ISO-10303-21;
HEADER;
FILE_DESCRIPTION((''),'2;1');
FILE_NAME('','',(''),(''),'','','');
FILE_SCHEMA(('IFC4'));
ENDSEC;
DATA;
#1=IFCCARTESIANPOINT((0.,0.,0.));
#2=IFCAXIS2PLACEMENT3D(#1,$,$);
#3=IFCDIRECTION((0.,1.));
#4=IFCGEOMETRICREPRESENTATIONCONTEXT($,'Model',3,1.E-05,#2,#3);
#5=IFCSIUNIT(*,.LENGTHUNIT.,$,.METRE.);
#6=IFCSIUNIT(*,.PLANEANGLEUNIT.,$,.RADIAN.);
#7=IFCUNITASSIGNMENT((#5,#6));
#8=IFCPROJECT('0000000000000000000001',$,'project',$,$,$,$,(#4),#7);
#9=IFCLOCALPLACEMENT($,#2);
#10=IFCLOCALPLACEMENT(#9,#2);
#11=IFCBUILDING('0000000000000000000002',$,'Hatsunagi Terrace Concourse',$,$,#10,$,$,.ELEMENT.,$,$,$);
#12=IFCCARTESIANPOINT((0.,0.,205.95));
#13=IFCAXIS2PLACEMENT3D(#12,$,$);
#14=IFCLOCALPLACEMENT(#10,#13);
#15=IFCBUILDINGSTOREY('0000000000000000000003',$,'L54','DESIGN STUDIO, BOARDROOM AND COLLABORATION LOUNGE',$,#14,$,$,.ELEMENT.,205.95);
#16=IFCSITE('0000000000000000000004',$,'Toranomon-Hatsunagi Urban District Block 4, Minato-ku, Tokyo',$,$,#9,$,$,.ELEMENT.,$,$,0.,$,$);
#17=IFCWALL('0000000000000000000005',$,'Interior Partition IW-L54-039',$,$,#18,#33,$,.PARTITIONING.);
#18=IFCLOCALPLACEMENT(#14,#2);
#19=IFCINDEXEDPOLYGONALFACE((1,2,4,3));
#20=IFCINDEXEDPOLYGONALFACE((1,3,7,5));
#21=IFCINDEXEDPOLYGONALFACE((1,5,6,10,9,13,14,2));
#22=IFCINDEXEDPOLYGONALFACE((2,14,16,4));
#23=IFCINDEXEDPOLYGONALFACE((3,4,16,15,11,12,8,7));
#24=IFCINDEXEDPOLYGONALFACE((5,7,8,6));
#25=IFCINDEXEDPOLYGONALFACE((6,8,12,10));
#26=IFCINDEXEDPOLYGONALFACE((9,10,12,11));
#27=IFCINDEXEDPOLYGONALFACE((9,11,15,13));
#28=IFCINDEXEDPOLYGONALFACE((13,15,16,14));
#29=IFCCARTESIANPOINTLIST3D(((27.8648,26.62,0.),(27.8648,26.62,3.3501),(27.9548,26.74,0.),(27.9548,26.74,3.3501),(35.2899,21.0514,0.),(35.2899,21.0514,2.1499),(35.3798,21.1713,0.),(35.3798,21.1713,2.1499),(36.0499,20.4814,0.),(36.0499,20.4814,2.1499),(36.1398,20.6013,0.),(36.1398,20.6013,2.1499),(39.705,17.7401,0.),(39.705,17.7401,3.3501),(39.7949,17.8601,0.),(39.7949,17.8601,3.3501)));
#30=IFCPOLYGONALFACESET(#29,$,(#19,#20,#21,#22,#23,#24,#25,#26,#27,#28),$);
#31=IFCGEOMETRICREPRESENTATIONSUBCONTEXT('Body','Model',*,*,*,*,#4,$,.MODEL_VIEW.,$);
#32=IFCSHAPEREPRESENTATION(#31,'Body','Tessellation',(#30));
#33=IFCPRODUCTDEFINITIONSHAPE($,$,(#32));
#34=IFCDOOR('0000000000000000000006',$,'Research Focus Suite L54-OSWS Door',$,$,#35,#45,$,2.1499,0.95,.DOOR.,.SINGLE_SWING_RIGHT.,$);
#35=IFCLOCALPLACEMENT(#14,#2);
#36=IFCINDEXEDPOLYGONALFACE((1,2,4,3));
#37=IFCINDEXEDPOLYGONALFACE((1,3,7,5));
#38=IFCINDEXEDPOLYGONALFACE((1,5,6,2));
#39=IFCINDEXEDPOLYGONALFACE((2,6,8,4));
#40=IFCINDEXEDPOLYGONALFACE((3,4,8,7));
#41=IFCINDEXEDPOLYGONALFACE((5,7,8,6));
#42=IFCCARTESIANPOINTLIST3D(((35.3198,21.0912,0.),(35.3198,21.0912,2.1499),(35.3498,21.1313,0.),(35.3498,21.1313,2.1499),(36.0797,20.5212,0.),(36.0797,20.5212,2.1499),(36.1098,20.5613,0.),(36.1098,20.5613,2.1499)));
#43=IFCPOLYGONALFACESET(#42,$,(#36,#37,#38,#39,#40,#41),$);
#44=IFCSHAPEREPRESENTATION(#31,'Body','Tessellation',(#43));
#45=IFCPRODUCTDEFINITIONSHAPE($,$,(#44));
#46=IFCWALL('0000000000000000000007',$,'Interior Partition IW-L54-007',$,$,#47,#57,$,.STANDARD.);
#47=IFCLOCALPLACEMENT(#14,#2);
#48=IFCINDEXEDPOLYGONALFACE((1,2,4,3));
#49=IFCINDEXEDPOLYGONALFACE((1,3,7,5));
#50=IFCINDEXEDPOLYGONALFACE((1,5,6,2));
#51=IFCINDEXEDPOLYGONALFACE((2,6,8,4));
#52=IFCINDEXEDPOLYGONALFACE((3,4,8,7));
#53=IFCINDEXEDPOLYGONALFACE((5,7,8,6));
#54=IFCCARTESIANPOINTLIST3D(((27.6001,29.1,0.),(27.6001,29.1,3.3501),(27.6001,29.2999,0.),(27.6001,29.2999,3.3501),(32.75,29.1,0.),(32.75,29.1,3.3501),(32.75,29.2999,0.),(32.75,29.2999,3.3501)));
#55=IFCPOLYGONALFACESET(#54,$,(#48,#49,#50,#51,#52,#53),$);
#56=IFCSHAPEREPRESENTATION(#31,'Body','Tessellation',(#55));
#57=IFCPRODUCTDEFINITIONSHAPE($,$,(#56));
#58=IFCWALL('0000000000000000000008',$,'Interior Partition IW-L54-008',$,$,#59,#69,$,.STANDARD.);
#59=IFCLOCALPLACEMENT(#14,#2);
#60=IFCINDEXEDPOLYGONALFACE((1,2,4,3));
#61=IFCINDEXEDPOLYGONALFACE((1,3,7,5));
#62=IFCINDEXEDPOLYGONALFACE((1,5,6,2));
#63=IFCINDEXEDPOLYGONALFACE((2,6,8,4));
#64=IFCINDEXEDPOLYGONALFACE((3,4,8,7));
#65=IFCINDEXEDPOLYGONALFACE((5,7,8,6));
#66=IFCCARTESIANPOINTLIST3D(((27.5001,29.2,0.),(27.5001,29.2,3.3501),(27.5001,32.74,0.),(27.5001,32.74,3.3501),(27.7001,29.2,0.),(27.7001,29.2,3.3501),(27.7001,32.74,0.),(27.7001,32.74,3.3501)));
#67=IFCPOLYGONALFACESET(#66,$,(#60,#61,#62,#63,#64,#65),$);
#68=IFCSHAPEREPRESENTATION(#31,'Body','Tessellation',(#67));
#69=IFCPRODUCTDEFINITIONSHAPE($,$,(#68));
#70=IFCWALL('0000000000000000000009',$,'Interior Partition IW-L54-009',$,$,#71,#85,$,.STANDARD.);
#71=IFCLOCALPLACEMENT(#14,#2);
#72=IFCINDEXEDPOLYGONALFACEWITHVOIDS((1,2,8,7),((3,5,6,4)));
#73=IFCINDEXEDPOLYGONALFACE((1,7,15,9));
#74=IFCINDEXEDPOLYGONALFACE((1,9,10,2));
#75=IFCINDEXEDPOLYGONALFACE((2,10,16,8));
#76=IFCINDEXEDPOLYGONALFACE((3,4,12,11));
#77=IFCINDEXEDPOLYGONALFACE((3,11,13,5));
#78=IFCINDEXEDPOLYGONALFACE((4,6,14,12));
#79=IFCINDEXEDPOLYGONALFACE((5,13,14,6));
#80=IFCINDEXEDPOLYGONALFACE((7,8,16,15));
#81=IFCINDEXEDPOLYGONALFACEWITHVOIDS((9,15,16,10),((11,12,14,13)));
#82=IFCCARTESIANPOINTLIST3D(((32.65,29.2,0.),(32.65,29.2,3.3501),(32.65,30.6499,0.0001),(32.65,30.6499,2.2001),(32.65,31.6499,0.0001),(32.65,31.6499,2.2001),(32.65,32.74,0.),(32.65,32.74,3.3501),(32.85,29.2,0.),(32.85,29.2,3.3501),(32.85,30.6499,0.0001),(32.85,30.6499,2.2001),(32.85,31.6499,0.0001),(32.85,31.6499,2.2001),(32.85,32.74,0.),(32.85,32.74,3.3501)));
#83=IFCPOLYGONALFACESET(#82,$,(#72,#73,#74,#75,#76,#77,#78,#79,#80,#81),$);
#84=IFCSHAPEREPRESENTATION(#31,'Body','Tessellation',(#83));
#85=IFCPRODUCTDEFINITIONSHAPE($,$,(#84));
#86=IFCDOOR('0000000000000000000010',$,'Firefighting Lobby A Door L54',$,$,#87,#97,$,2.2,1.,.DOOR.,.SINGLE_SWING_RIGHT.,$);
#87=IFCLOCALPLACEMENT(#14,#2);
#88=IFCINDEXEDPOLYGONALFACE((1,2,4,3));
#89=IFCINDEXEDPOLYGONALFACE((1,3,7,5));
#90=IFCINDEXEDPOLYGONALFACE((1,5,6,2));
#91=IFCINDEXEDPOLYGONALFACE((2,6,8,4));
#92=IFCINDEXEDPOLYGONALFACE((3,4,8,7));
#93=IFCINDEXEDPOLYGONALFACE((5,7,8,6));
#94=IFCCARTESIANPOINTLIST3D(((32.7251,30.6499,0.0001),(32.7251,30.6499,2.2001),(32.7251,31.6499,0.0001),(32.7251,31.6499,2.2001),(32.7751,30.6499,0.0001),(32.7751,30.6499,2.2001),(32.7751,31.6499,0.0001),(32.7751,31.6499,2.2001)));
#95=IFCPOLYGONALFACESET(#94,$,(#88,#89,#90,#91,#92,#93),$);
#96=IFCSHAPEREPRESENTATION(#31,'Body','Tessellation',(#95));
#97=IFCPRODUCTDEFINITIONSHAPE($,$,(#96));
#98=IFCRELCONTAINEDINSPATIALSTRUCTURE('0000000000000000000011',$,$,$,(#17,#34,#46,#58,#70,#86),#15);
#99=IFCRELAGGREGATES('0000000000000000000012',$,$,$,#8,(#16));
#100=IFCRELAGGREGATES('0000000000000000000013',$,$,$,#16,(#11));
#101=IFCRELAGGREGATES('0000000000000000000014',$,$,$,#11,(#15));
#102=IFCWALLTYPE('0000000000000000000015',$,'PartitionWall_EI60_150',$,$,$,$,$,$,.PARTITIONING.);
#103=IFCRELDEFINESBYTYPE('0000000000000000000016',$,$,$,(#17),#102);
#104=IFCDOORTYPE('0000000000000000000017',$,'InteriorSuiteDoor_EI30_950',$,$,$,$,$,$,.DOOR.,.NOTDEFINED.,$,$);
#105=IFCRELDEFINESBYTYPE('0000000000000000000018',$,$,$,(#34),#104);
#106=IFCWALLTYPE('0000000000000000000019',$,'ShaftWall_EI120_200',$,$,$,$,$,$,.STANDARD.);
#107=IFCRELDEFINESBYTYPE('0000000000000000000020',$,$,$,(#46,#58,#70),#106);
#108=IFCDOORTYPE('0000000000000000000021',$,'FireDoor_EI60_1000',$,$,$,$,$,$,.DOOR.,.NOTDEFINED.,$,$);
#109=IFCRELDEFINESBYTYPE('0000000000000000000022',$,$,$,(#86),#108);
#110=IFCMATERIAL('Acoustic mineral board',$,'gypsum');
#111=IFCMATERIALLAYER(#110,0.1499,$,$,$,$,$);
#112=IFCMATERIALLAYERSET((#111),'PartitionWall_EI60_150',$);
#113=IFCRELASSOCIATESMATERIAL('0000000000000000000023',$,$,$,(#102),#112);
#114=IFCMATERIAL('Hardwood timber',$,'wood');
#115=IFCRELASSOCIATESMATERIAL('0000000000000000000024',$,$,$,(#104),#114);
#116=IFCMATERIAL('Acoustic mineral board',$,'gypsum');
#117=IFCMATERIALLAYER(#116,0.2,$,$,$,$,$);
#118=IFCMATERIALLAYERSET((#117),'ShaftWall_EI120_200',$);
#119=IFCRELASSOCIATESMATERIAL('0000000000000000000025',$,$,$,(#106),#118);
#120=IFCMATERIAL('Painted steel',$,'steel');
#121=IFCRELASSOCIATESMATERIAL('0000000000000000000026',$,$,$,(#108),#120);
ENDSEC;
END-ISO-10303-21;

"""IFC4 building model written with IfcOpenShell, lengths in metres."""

from ifc_helpers import new_model, si_unit, direction, frame, frame_2d, origin, place, context, subcontext, project, spatial, rectangle, extrude, material, layer, layer_set, type_object, element, fill, save


model = new_model("IFC4")

# Units and contexts
model_context = context("Model", 3, precision=1e-05, world=origin(), true_north=direction((0.0, 1.0)))
body_context = subcontext(model_context, "Body", "Model", "MODEL_VIEW")
ifc_project = project(units=[si_unit("LENGTHUNIT", "METRE"), si_unit("PLANEANGLEUNIT", "RADIAN")], contexts=[model_context])

# Site, building, storey
site_placement = place(None, origin())
site = spatial("IfcSite", under=ifc_project, at=site_placement, Name="Toranomon-Hatsunagi Urban District Block 4, Minato-ku, Tokyo", CompositionType="ELEMENT", RefElevation=0.0)
building_placement = place(site_placement, origin())
building = spatial("IfcBuilding", under=site, at=building_placement, Name="Hatsunagi Terrace Concourse", CompositionType="ELEMENT")
storey_placement = place(building_placement, frame((0.0, 0.0, 205.95)))
storey = spatial("IfcBuildingStorey", under=building, at=storey_placement, Name="L54", Description="DESIGN STUDIO, BOARDROOM AND COLLABORATION LOUNGE", CompositionType="ELEMENT", Elevation=205.95)

# Shared definitions
ifc_material_1 = material(Name="Acoustic mineral board", Category="gypsum")
ifc_layer_1 = layer(ifc_material_1, 0.1499)
ifc_layer_set_1 = layer_set([ifc_layer_1], Name="PartitionWall_EI60_150")
wall_type_1 = type_object("IfcWallType", Name="PartitionWall_EI60_150", PredefinedType="PARTITIONING", material=ifc_layer_set_1)

# Wall, opening, door
ifc_material_2 = material(Name="Hardwood timber", Category="wood")
door_type_1 = type_object("IfcDoorType", Name="InteriorSuiteDoor_EI30_950", OperationType="NOTDEFINED", PredefinedType="DOOR", material=ifc_material_2)
wall_1_placement = place(storey_placement, frame((27.9099, 26.6799, 0.0), z_axis=(0.0, 0.0, 1.0), x_axis=(0.800006, -0.599992, 0.0)))
wall_1 = element("IfcWall", 1, at=wall_1_placement, inside=storey, type_object=wall_type_1, Name="Interior Partition IW-L54-039", PredefinedType="PARTITIONING", context=body_context, shape_type="SweptSolid", body=[
    extrude(rectangle(XDim=14.8, YDim=0.1499, at=frame_2d((7.3999, 0.0))), origin(), (0.0, 0.0, 1.0), 3.3501),
])
opening_1_placement = place(wall_1_placement, frame((9.281, 0.0, 0.0)))
opening_1 = element("IfcOpeningElement", 2, at=opening_1_placement, cuts=wall_1, PredefinedType="OPENING", context=body_context, shape_type="SweptSolid", body=[
    extrude(rectangle(XDim=0.95, YDim=2.1499, at=frame_2d((0.4751, 1.075))), frame((0.0, 0.085, 0.0), z_axis=(0.0, -1.0, 0.0), x_axis=(1.0, 0.0, 0.0)), (0.0, 0.0, 1.0), 0.1699),
])
door_1_placement = place(opening_1_placement, origin())
door_1 = element("IfcDoor", 3, at=door_1_placement, inside=storey, type_object=door_type_1, Name="Research Focus Suite L54-OSWS Door", OperationType="SINGLE_SWING_RIGHT", OverallHeight=2.1499, OverallWidth=0.95, PredefinedType="DOOR", context=body_context, shape_type="SweptSolid", body=[
    extrude(rectangle(XDim=0.95, YDim=2.1499, at=frame_2d((0.4751, 1.075))), frame((0.0, 0.0249, 0.0), z_axis=(0.0, -1.0, 0.0), x_axis=(1.0, 0.0, 0.0)), (0.0, 0.0, 1.0), 0.05),
])
fill(opening_1, door_1)

# Walls
ifc_material_3 = material(Name="Acoustic mineral board", Category="gypsum")
ifc_layer_2 = layer(ifc_material_3, 0.2)
ifc_layer_set_2 = layer_set([ifc_layer_2], Name="ShaftWall_EI120_200")
wall_type_2 = type_object("IfcWallType", Name="ShaftWall_EI120_200", PredefinedType="STANDARD", material=ifc_layer_set_2)
wall_2_placement = place(storey_placement, frame((27.6001, 29.2, 0.0), z_axis=(0.0, 0.0, 1.0), x_axis=(1.0, 0.0, 0.0)))
element("IfcWall", 4, at=wall_2_placement, inside=storey, type_object=wall_type_2, Name="Interior Partition IW-L54-007", PredefinedType="STANDARD", context=body_context, shape_type="SweptSolid", body=[
    extrude(rectangle(XDim=5.1499, YDim=0.2, at=frame_2d((2.575, 0.0))), origin(), (0.0, 0.0, 1.0), 3.3501),
])
wall_3_placement = place(storey_placement, frame((27.6001, 29.2, 0.0), z_axis=(0.0, 0.0, 1.0), x_axis=(0.0, 1.0, 0.0)))
element("IfcWall", 5, at=wall_3_placement, inside=storey, type_object=wall_type_2, Name="Interior Partition IW-L54-008", PredefinedType="STANDARD", context=body_context, shape_type="SweptSolid", body=[
    extrude(rectangle(XDim=3.54, YDim=0.2, at=frame_2d((1.77, 0.0))), origin(), (0.0, 0.0, 1.0), 3.3501),
])

# Wall, opening, door
wall_4_placement = place(storey_placement, frame((32.75, 29.2, 0.0), z_axis=(0.0, 0.0, 1.0), x_axis=(0.0, 1.0, 0.0)))
wall_4 = element("IfcWall", 6, at=wall_4_placement, inside=storey, type_object=wall_type_2, Name="Interior Partition IW-L54-009", PredefinedType="STANDARD", context=body_context, shape_type="SweptSolid", body=[
    extrude(rectangle(XDim=3.54, YDim=0.2, at=frame_2d((1.77, 0.0))), origin(), (0.0, 0.0, 1.0), 3.3501),
])
opening_2_placement = place(wall_4_placement, frame((1.45, 0.0, 0.0)))
opening_2 = element("IfcOpeningElement", 7, at=opening_2_placement, cuts=wall_4, PredefinedType="OPENING", context=body_context, shape_type="SweptSolid", body=[
    extrude(rectangle(XDim=1.0, YDim=2.2, at=frame_2d((0.5, 1.1001))), frame((0.0, 0.1099, 0.0), z_axis=(0.0, -1.0, 0.0), x_axis=(1.0, 0.0, 0.0)), (0.0, 0.0, 1.0), 0.22),
])
ifc_material_4 = material(Name="Painted steel", Category="steel")
door_type_2 = type_object("IfcDoorType", Name="FireDoor_EI60_1000", OperationType="NOTDEFINED", PredefinedType="DOOR", material=ifc_material_4)
door_2_placement = place(opening_2_placement, origin())
door_2 = element("IfcDoor", 8, at=door_2_placement, inside=storey, type_object=door_type_2, Name="Firefighting Lobby A Door L54", OperationType="SINGLE_SWING_RIGHT", OverallHeight=2.2, OverallWidth=1.0, PredefinedType="DOOR", context=body_context, shape_type="SweptSolid", body=[
    extrude(rectangle(XDim=1.0, YDim=2.2, at=frame_2d((0.5, 1.1001))), frame((0.0, 0.0249, 0.0), z_axis=(0.0, -1.0, 0.0), x_axis=(1.0, 0.0, 0.0)), (0.0, 0.0, 1.0), 0.05),
])
fill(opening_2, door_2)

save(model, "model.ifc")
